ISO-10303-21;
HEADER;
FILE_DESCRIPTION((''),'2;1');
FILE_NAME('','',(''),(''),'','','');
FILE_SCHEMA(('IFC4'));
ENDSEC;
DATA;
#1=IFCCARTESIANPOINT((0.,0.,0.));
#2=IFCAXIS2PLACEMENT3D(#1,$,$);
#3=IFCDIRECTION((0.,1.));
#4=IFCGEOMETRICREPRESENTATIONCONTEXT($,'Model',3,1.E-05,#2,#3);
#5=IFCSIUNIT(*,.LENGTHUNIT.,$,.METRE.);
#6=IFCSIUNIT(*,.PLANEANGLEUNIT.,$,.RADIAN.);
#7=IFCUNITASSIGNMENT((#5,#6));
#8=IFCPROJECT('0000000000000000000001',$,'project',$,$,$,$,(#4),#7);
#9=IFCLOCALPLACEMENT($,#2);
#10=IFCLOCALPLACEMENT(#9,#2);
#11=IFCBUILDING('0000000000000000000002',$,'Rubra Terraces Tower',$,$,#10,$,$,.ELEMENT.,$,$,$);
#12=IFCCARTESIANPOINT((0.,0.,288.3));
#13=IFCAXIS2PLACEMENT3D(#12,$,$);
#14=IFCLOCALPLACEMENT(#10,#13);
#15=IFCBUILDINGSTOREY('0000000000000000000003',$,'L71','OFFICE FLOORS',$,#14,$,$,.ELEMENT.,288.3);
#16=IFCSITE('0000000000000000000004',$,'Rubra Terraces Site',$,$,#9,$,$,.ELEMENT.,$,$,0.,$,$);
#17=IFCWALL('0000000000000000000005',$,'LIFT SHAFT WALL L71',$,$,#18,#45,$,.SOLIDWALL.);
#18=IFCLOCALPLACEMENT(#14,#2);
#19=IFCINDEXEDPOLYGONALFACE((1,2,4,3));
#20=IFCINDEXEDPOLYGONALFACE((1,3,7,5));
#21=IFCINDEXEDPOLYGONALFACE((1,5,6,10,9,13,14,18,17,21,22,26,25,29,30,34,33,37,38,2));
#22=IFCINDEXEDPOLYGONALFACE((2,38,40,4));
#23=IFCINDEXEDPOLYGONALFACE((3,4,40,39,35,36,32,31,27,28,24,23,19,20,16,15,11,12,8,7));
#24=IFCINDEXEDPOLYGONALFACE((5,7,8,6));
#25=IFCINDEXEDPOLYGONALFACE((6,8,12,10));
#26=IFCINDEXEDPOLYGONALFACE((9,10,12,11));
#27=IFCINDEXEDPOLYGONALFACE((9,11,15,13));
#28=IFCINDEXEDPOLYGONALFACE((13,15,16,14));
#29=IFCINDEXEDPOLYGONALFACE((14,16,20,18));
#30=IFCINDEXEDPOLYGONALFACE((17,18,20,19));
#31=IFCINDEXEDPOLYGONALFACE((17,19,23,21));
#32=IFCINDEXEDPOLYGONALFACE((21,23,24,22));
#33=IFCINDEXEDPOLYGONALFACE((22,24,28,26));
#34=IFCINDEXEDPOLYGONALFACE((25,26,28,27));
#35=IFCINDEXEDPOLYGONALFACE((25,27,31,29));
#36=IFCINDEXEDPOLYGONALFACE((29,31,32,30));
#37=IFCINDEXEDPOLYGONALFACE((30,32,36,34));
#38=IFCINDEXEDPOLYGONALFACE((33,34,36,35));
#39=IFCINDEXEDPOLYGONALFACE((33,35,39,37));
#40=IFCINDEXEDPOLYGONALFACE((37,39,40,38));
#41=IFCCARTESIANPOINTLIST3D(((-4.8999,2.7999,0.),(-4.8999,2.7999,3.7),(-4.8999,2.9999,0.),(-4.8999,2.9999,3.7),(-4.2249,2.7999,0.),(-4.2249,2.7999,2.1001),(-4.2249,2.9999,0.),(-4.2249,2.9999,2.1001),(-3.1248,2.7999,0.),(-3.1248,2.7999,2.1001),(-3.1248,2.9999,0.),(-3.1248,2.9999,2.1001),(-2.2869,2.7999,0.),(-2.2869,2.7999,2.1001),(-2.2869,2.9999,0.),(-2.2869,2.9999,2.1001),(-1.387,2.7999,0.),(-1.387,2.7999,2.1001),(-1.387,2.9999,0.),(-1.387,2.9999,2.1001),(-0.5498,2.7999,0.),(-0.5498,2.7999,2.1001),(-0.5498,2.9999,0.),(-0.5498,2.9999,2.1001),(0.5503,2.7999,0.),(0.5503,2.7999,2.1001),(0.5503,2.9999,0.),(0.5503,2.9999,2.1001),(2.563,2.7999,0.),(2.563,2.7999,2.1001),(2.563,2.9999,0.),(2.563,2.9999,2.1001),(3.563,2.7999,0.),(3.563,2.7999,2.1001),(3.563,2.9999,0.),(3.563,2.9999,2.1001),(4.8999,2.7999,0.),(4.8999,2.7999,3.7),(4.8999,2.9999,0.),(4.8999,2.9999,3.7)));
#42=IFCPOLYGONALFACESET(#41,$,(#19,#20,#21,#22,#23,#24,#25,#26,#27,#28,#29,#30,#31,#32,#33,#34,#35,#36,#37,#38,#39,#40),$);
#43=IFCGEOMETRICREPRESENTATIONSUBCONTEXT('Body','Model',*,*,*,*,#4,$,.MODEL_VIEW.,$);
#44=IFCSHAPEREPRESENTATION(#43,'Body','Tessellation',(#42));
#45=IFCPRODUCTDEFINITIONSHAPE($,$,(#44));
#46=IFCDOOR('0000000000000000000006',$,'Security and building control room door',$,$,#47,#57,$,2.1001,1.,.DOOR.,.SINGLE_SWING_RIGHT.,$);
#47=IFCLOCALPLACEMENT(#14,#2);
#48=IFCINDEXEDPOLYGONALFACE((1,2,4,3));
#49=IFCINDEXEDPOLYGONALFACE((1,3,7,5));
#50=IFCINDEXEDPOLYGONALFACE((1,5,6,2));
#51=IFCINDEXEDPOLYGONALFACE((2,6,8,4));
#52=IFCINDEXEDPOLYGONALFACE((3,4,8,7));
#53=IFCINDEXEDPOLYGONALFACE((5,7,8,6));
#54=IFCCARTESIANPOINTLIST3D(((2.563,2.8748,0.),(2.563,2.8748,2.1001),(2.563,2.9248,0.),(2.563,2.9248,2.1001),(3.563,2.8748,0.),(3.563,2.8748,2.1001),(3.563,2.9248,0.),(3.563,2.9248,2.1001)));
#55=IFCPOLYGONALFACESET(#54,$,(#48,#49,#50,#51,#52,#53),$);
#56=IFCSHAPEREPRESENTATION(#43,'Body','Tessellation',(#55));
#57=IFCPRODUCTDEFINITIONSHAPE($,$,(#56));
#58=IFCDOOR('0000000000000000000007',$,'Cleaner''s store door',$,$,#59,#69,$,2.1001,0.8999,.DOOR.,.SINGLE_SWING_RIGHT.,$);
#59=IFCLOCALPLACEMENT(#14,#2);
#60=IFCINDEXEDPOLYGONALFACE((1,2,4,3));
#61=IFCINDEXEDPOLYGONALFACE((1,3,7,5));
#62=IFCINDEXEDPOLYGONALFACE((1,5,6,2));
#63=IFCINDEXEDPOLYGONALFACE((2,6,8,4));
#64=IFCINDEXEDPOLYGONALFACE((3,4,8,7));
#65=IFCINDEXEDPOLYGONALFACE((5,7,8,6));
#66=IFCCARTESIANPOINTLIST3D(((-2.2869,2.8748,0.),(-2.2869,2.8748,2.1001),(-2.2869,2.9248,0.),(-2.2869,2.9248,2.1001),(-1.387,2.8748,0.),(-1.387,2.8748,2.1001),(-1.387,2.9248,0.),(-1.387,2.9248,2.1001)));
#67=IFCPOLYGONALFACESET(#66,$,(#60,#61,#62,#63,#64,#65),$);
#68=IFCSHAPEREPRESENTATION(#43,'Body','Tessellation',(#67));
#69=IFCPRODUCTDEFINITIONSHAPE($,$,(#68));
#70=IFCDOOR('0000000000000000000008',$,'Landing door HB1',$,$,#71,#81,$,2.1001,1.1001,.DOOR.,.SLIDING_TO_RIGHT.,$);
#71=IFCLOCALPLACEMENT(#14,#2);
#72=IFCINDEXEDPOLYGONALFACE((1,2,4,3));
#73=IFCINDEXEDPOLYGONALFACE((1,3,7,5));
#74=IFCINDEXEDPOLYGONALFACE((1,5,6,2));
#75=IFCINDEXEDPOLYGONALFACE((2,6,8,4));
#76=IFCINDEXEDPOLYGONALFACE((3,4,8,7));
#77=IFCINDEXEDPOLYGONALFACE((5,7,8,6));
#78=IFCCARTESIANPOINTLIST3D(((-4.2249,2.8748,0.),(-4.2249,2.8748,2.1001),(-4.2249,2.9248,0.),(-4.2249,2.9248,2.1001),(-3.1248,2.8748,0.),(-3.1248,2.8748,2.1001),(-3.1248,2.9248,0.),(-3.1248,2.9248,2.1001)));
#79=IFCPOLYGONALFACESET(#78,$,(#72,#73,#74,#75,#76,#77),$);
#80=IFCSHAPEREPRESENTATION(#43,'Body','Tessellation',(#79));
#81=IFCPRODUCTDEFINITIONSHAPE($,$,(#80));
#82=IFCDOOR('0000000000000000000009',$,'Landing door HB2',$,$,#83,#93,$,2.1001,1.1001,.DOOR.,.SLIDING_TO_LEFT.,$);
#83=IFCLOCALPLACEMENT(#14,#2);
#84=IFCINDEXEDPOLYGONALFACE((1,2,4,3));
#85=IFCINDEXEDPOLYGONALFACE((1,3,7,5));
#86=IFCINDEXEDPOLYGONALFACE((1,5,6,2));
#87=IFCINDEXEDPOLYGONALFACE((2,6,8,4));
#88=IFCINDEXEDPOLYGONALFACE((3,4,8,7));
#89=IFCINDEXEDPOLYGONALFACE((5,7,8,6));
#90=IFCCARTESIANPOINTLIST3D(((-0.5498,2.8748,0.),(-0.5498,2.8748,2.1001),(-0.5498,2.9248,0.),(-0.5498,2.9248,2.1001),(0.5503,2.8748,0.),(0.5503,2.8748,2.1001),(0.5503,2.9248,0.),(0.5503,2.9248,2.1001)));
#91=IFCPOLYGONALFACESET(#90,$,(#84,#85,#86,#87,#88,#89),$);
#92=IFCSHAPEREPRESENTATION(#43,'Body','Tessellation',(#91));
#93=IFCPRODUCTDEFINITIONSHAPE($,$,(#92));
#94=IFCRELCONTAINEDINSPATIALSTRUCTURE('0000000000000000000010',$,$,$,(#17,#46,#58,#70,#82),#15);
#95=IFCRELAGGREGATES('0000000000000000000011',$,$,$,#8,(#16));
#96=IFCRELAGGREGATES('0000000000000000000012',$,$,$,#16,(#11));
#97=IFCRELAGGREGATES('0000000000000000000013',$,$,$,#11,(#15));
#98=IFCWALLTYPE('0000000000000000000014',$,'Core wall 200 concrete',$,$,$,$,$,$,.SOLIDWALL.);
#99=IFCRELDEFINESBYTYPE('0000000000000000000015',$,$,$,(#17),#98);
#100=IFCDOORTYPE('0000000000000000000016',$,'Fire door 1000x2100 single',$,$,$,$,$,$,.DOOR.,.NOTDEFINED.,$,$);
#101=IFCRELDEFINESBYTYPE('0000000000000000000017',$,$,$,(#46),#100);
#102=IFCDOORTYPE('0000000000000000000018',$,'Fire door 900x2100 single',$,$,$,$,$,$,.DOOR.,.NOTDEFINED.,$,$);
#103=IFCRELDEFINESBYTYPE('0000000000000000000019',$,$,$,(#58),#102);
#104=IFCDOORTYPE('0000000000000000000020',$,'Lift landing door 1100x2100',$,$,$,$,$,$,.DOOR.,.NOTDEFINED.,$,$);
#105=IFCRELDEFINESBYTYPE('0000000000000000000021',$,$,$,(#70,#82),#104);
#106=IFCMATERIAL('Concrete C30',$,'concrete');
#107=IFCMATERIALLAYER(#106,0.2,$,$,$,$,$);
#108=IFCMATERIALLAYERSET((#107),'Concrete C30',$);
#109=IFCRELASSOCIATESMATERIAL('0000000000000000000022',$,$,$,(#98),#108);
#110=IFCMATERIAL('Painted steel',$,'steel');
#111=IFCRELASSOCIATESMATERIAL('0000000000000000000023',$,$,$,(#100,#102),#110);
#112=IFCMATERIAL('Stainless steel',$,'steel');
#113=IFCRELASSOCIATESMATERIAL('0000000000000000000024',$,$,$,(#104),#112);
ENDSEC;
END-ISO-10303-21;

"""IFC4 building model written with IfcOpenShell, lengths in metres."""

from ifc_helpers import new_model, si_unit, direction, frame, frame_2d, origin, place, context, subcontext, project, spatial, rectangle, extrude, material, layer, layer_set, type_object, element, fill, save


model = new_model("IFC4")

# Units and contexts
model_context = context("Model", 3, precision=1e-05, world=origin(), true_north=direction((0.0, 1.0)))
body_context = subcontext(model_context, "Body", "Model", "MODEL_VIEW")
ifc_project = project(units=[si_unit("LENGTHUNIT", "METRE"), si_unit("PLANEANGLEUNIT", "RADIAN")], contexts=[model_context])

# Site, building, storey
site_placement = place(None, origin())
site = spatial("IfcSite", under=ifc_project, at=site_placement, Name="Rubra Terraces Site", CompositionType="ELEMENT", RefElevation=0.0)
building_placement = place(site_placement, origin())
building = spatial("IfcBuilding", under=site, at=building_placement, Name="Rubra Terraces Tower", CompositionType="ELEMENT")
storey_placement = place(building_placement, frame((0.0, 0.0, 288.3)))
storey = spatial("IfcBuildingStorey", under=building, at=storey_placement, Name="L71", Description="OFFICE FLOORS", CompositionType="ELEMENT", Elevation=288.3)

# Shared definitions
ifc_material_1 = material(Name="Concrete C30", Category="concrete")
ifc_layer_1 = layer(ifc_material_1, 0.2)
ifc_layer_set_1 = layer_set([ifc_layer_1], Name="Concrete C30")
wall_type_1 = type_object("IfcWallType", Name="Core wall 200 concrete", PredefinedType="SOLIDWALL", material=ifc_layer_set_1)
ifc_material_2 = material(Name="Painted steel", Category="steel")
ifc_material_3 = material(Name="Stainless steel", Category="steel")

# Wall, openings, doors
wall_1_placement = place(storey_placement, frame((-4.8999, 2.8999, 0.0), z_axis=(0.0, 0.0, 1.0), x_axis=(1.0, 0.0, 0.0)))
wall_1 = element("IfcWall", 1, at=wall_1_placement, inside=storey, type_object=wall_type_1, Name="LIFT SHAFT WALL L71", PredefinedType="SOLIDWALL", context=body_context, shape_type="SweptSolid", body=[
    extrude(rectangle(XDim=9.7998, YDim=0.2, at=frame_2d((4.8999, 0.0))), origin(), (0.0, 0.0, 1.0), 3.7),
])
opening_1_placement = place(wall_1_placement, frame((0.675, 0.0, 0.0)))
opening_1 = element("IfcOpeningElement", 2, at=opening_1_placement, cuts=wall_1, PredefinedType="OPENING", context=body_context, shape_type="SweptSolid", body=[
    extrude(rectangle(XDim=1.1001, YDim=2.1001, at=frame_2d((0.55, 1.05))), frame((0.0, 0.1099, 0.0), z_axis=(0.0, -1.0, 0.0), x_axis=(1.0, 0.0, 0.0)), (0.0, 0.0, 1.0), 0.22),
])
opening_2_placement = place(wall_1_placement, frame((2.613, 0.0, 0.0)))
opening_2 = element("IfcOpeningElement", 3, at=opening_2_placement, cuts=wall_1, PredefinedType="OPENING", context=body_context, shape_type="SweptSolid", body=[
    extrude(rectangle(XDim=0.8999, YDim=2.1001, at=frame_2d((0.45, 1.05))), frame((0.0, 0.1099, 0.0), z_axis=(0.0, -1.0, 0.0), x_axis=(1.0, 0.0, 0.0)), (0.0, 0.0, 1.0), 0.22),
])
opening_3_placement = place(wall_1_placement, frame((4.3501, 0.0, 0.0)))
opening_3 = element("IfcOpeningElement", 4, at=opening_3_placement, cuts=wall_1, PredefinedType="OPENING", context=body_context, shape_type="SweptSolid", body=[
    extrude(rectangle(XDim=1.1001, YDim=2.1001, at=frame_2d((0.55, 1.05))), frame((0.0, 0.1099, 0.0), z_axis=(0.0, -1.0, 0.0), x_axis=(1.0, 0.0, 0.0)), (0.0, 0.0, 1.0), 0.22),
])
opening_4_placement = place(wall_1_placement, frame((7.4629, 0.0, 0.0)))
opening_4 = element("IfcOpeningElement", 5, at=opening_4_placement, cuts=wall_1, PredefinedType="OPENING", context=body_context, shape_type="SweptSolid", body=[
    extrude(rectangle(XDim=1.0, YDim=2.1001, at=frame_2d((0.5, 1.05))), frame((0.0, 0.1099, 0.0), z_axis=(0.0, -1.0, 0.0), x_axis=(1.0, 0.0, 0.0)), (0.0, 0.0, 1.0), 0.22),
])
door_type_1 = type_object("IfcDoorType", Name="Fire door 1000x2100 single", OperationType="NOTDEFINED", PredefinedType="DOOR", material=ifc_material_2)
door_1_placement = place(opening_4_placement, origin())
door_1 = element("IfcDoor", 6, at=door_1_placement, inside=storey, type_object=door_type_1, Name="Security and building control room door", OperationType="SINGLE_SWING_RIGHT", OverallHeight=2.1001, OverallWidth=1.0, PredefinedType="DOOR", context=body_context, shape_type="SweptSolid", body=[
    extrude(rectangle(XDim=1.0, YDim=2.1001, at=frame_2d((0.5, 1.05))), frame((0.0, 0.0249, 0.0), z_axis=(0.0, -1.0, 0.0), x_axis=(1.0, 0.0, 0.0)), (0.0, 0.0, 1.0), 0.05),
])
fill(opening_4, door_1)
door_type_2 = type_object("IfcDoorType", Name="Fire door 900x2100 single", OperationType="NOTDEFINED", PredefinedType="DOOR", material=ifc_material_2)
door_2_placement = place(opening_2_placement, origin())
door_2 = element("IfcDoor", 7, at=door_2_placement, inside=storey, type_object=door_type_2, Name="Cleaner's store door", OperationType="SINGLE_SWING_RIGHT", OverallHeight=2.1001, OverallWidth=0.8999, PredefinedType="DOOR", context=body_context, shape_type="SweptSolid", body=[
    extrude(rectangle(XDim=0.8999, YDim=2.1001, at=frame_2d((0.45, 1.05))), frame((0.0, 0.0249, 0.0), z_axis=(0.0, -1.0, 0.0), x_axis=(1.0, 0.0, 0.0)), (0.0, 0.0, 1.0), 0.05),
])
fill(opening_2, door_2)
door_type_3 = type_object("IfcDoorType", Name="Lift landing door 1100x2100", OperationType="NOTDEFINED", PredefinedType="DOOR", material=ifc_material_3)
door_3_placement = place(opening_1_placement, origin())
door_3 = element("IfcDoor", 8, at=door_3_placement, inside=storey, type_object=door_type_3, Name="Landing door HB1", OperationType="SLIDING_TO_RIGHT", OverallHeight=2.1001, OverallWidth=1.1001, PredefinedType="DOOR", context=body_context, shape_type="SweptSolid", body=[
    extrude(rectangle(XDim=1.1001, YDim=2.1001, at=frame_2d((0.55, 1.05))), frame((0.0, 0.0249, 0.0), z_axis=(0.0, -1.0, 0.0), x_axis=(1.0, 0.0, 0.0)), (0.0, 0.0, 1.0), 0.05),
])
fill(opening_1, door_3)
door_4_placement = place(opening_3_placement, origin())
door_4 = element("IfcDoor", 9, at=door_4_placement, inside=storey, type_object=door_type_3, Name="Landing door HB2", OperationType="SLIDING_TO_LEFT", OverallHeight=2.1001, OverallWidth=1.1001, PredefinedType="DOOR", context=body_context, shape_type="SweptSolid", body=[
    extrude(rectangle(XDim=1.1001, YDim=2.1001, at=frame_2d((0.55, 1.05))), frame((0.0, 0.0249, 0.0), z_axis=(0.0, -1.0, 0.0), x_axis=(1.0, 0.0, 0.0)), (0.0, 0.0, 1.0), 0.05),
])
fill(opening_3, door_4)

save(model, "model.ifc")
